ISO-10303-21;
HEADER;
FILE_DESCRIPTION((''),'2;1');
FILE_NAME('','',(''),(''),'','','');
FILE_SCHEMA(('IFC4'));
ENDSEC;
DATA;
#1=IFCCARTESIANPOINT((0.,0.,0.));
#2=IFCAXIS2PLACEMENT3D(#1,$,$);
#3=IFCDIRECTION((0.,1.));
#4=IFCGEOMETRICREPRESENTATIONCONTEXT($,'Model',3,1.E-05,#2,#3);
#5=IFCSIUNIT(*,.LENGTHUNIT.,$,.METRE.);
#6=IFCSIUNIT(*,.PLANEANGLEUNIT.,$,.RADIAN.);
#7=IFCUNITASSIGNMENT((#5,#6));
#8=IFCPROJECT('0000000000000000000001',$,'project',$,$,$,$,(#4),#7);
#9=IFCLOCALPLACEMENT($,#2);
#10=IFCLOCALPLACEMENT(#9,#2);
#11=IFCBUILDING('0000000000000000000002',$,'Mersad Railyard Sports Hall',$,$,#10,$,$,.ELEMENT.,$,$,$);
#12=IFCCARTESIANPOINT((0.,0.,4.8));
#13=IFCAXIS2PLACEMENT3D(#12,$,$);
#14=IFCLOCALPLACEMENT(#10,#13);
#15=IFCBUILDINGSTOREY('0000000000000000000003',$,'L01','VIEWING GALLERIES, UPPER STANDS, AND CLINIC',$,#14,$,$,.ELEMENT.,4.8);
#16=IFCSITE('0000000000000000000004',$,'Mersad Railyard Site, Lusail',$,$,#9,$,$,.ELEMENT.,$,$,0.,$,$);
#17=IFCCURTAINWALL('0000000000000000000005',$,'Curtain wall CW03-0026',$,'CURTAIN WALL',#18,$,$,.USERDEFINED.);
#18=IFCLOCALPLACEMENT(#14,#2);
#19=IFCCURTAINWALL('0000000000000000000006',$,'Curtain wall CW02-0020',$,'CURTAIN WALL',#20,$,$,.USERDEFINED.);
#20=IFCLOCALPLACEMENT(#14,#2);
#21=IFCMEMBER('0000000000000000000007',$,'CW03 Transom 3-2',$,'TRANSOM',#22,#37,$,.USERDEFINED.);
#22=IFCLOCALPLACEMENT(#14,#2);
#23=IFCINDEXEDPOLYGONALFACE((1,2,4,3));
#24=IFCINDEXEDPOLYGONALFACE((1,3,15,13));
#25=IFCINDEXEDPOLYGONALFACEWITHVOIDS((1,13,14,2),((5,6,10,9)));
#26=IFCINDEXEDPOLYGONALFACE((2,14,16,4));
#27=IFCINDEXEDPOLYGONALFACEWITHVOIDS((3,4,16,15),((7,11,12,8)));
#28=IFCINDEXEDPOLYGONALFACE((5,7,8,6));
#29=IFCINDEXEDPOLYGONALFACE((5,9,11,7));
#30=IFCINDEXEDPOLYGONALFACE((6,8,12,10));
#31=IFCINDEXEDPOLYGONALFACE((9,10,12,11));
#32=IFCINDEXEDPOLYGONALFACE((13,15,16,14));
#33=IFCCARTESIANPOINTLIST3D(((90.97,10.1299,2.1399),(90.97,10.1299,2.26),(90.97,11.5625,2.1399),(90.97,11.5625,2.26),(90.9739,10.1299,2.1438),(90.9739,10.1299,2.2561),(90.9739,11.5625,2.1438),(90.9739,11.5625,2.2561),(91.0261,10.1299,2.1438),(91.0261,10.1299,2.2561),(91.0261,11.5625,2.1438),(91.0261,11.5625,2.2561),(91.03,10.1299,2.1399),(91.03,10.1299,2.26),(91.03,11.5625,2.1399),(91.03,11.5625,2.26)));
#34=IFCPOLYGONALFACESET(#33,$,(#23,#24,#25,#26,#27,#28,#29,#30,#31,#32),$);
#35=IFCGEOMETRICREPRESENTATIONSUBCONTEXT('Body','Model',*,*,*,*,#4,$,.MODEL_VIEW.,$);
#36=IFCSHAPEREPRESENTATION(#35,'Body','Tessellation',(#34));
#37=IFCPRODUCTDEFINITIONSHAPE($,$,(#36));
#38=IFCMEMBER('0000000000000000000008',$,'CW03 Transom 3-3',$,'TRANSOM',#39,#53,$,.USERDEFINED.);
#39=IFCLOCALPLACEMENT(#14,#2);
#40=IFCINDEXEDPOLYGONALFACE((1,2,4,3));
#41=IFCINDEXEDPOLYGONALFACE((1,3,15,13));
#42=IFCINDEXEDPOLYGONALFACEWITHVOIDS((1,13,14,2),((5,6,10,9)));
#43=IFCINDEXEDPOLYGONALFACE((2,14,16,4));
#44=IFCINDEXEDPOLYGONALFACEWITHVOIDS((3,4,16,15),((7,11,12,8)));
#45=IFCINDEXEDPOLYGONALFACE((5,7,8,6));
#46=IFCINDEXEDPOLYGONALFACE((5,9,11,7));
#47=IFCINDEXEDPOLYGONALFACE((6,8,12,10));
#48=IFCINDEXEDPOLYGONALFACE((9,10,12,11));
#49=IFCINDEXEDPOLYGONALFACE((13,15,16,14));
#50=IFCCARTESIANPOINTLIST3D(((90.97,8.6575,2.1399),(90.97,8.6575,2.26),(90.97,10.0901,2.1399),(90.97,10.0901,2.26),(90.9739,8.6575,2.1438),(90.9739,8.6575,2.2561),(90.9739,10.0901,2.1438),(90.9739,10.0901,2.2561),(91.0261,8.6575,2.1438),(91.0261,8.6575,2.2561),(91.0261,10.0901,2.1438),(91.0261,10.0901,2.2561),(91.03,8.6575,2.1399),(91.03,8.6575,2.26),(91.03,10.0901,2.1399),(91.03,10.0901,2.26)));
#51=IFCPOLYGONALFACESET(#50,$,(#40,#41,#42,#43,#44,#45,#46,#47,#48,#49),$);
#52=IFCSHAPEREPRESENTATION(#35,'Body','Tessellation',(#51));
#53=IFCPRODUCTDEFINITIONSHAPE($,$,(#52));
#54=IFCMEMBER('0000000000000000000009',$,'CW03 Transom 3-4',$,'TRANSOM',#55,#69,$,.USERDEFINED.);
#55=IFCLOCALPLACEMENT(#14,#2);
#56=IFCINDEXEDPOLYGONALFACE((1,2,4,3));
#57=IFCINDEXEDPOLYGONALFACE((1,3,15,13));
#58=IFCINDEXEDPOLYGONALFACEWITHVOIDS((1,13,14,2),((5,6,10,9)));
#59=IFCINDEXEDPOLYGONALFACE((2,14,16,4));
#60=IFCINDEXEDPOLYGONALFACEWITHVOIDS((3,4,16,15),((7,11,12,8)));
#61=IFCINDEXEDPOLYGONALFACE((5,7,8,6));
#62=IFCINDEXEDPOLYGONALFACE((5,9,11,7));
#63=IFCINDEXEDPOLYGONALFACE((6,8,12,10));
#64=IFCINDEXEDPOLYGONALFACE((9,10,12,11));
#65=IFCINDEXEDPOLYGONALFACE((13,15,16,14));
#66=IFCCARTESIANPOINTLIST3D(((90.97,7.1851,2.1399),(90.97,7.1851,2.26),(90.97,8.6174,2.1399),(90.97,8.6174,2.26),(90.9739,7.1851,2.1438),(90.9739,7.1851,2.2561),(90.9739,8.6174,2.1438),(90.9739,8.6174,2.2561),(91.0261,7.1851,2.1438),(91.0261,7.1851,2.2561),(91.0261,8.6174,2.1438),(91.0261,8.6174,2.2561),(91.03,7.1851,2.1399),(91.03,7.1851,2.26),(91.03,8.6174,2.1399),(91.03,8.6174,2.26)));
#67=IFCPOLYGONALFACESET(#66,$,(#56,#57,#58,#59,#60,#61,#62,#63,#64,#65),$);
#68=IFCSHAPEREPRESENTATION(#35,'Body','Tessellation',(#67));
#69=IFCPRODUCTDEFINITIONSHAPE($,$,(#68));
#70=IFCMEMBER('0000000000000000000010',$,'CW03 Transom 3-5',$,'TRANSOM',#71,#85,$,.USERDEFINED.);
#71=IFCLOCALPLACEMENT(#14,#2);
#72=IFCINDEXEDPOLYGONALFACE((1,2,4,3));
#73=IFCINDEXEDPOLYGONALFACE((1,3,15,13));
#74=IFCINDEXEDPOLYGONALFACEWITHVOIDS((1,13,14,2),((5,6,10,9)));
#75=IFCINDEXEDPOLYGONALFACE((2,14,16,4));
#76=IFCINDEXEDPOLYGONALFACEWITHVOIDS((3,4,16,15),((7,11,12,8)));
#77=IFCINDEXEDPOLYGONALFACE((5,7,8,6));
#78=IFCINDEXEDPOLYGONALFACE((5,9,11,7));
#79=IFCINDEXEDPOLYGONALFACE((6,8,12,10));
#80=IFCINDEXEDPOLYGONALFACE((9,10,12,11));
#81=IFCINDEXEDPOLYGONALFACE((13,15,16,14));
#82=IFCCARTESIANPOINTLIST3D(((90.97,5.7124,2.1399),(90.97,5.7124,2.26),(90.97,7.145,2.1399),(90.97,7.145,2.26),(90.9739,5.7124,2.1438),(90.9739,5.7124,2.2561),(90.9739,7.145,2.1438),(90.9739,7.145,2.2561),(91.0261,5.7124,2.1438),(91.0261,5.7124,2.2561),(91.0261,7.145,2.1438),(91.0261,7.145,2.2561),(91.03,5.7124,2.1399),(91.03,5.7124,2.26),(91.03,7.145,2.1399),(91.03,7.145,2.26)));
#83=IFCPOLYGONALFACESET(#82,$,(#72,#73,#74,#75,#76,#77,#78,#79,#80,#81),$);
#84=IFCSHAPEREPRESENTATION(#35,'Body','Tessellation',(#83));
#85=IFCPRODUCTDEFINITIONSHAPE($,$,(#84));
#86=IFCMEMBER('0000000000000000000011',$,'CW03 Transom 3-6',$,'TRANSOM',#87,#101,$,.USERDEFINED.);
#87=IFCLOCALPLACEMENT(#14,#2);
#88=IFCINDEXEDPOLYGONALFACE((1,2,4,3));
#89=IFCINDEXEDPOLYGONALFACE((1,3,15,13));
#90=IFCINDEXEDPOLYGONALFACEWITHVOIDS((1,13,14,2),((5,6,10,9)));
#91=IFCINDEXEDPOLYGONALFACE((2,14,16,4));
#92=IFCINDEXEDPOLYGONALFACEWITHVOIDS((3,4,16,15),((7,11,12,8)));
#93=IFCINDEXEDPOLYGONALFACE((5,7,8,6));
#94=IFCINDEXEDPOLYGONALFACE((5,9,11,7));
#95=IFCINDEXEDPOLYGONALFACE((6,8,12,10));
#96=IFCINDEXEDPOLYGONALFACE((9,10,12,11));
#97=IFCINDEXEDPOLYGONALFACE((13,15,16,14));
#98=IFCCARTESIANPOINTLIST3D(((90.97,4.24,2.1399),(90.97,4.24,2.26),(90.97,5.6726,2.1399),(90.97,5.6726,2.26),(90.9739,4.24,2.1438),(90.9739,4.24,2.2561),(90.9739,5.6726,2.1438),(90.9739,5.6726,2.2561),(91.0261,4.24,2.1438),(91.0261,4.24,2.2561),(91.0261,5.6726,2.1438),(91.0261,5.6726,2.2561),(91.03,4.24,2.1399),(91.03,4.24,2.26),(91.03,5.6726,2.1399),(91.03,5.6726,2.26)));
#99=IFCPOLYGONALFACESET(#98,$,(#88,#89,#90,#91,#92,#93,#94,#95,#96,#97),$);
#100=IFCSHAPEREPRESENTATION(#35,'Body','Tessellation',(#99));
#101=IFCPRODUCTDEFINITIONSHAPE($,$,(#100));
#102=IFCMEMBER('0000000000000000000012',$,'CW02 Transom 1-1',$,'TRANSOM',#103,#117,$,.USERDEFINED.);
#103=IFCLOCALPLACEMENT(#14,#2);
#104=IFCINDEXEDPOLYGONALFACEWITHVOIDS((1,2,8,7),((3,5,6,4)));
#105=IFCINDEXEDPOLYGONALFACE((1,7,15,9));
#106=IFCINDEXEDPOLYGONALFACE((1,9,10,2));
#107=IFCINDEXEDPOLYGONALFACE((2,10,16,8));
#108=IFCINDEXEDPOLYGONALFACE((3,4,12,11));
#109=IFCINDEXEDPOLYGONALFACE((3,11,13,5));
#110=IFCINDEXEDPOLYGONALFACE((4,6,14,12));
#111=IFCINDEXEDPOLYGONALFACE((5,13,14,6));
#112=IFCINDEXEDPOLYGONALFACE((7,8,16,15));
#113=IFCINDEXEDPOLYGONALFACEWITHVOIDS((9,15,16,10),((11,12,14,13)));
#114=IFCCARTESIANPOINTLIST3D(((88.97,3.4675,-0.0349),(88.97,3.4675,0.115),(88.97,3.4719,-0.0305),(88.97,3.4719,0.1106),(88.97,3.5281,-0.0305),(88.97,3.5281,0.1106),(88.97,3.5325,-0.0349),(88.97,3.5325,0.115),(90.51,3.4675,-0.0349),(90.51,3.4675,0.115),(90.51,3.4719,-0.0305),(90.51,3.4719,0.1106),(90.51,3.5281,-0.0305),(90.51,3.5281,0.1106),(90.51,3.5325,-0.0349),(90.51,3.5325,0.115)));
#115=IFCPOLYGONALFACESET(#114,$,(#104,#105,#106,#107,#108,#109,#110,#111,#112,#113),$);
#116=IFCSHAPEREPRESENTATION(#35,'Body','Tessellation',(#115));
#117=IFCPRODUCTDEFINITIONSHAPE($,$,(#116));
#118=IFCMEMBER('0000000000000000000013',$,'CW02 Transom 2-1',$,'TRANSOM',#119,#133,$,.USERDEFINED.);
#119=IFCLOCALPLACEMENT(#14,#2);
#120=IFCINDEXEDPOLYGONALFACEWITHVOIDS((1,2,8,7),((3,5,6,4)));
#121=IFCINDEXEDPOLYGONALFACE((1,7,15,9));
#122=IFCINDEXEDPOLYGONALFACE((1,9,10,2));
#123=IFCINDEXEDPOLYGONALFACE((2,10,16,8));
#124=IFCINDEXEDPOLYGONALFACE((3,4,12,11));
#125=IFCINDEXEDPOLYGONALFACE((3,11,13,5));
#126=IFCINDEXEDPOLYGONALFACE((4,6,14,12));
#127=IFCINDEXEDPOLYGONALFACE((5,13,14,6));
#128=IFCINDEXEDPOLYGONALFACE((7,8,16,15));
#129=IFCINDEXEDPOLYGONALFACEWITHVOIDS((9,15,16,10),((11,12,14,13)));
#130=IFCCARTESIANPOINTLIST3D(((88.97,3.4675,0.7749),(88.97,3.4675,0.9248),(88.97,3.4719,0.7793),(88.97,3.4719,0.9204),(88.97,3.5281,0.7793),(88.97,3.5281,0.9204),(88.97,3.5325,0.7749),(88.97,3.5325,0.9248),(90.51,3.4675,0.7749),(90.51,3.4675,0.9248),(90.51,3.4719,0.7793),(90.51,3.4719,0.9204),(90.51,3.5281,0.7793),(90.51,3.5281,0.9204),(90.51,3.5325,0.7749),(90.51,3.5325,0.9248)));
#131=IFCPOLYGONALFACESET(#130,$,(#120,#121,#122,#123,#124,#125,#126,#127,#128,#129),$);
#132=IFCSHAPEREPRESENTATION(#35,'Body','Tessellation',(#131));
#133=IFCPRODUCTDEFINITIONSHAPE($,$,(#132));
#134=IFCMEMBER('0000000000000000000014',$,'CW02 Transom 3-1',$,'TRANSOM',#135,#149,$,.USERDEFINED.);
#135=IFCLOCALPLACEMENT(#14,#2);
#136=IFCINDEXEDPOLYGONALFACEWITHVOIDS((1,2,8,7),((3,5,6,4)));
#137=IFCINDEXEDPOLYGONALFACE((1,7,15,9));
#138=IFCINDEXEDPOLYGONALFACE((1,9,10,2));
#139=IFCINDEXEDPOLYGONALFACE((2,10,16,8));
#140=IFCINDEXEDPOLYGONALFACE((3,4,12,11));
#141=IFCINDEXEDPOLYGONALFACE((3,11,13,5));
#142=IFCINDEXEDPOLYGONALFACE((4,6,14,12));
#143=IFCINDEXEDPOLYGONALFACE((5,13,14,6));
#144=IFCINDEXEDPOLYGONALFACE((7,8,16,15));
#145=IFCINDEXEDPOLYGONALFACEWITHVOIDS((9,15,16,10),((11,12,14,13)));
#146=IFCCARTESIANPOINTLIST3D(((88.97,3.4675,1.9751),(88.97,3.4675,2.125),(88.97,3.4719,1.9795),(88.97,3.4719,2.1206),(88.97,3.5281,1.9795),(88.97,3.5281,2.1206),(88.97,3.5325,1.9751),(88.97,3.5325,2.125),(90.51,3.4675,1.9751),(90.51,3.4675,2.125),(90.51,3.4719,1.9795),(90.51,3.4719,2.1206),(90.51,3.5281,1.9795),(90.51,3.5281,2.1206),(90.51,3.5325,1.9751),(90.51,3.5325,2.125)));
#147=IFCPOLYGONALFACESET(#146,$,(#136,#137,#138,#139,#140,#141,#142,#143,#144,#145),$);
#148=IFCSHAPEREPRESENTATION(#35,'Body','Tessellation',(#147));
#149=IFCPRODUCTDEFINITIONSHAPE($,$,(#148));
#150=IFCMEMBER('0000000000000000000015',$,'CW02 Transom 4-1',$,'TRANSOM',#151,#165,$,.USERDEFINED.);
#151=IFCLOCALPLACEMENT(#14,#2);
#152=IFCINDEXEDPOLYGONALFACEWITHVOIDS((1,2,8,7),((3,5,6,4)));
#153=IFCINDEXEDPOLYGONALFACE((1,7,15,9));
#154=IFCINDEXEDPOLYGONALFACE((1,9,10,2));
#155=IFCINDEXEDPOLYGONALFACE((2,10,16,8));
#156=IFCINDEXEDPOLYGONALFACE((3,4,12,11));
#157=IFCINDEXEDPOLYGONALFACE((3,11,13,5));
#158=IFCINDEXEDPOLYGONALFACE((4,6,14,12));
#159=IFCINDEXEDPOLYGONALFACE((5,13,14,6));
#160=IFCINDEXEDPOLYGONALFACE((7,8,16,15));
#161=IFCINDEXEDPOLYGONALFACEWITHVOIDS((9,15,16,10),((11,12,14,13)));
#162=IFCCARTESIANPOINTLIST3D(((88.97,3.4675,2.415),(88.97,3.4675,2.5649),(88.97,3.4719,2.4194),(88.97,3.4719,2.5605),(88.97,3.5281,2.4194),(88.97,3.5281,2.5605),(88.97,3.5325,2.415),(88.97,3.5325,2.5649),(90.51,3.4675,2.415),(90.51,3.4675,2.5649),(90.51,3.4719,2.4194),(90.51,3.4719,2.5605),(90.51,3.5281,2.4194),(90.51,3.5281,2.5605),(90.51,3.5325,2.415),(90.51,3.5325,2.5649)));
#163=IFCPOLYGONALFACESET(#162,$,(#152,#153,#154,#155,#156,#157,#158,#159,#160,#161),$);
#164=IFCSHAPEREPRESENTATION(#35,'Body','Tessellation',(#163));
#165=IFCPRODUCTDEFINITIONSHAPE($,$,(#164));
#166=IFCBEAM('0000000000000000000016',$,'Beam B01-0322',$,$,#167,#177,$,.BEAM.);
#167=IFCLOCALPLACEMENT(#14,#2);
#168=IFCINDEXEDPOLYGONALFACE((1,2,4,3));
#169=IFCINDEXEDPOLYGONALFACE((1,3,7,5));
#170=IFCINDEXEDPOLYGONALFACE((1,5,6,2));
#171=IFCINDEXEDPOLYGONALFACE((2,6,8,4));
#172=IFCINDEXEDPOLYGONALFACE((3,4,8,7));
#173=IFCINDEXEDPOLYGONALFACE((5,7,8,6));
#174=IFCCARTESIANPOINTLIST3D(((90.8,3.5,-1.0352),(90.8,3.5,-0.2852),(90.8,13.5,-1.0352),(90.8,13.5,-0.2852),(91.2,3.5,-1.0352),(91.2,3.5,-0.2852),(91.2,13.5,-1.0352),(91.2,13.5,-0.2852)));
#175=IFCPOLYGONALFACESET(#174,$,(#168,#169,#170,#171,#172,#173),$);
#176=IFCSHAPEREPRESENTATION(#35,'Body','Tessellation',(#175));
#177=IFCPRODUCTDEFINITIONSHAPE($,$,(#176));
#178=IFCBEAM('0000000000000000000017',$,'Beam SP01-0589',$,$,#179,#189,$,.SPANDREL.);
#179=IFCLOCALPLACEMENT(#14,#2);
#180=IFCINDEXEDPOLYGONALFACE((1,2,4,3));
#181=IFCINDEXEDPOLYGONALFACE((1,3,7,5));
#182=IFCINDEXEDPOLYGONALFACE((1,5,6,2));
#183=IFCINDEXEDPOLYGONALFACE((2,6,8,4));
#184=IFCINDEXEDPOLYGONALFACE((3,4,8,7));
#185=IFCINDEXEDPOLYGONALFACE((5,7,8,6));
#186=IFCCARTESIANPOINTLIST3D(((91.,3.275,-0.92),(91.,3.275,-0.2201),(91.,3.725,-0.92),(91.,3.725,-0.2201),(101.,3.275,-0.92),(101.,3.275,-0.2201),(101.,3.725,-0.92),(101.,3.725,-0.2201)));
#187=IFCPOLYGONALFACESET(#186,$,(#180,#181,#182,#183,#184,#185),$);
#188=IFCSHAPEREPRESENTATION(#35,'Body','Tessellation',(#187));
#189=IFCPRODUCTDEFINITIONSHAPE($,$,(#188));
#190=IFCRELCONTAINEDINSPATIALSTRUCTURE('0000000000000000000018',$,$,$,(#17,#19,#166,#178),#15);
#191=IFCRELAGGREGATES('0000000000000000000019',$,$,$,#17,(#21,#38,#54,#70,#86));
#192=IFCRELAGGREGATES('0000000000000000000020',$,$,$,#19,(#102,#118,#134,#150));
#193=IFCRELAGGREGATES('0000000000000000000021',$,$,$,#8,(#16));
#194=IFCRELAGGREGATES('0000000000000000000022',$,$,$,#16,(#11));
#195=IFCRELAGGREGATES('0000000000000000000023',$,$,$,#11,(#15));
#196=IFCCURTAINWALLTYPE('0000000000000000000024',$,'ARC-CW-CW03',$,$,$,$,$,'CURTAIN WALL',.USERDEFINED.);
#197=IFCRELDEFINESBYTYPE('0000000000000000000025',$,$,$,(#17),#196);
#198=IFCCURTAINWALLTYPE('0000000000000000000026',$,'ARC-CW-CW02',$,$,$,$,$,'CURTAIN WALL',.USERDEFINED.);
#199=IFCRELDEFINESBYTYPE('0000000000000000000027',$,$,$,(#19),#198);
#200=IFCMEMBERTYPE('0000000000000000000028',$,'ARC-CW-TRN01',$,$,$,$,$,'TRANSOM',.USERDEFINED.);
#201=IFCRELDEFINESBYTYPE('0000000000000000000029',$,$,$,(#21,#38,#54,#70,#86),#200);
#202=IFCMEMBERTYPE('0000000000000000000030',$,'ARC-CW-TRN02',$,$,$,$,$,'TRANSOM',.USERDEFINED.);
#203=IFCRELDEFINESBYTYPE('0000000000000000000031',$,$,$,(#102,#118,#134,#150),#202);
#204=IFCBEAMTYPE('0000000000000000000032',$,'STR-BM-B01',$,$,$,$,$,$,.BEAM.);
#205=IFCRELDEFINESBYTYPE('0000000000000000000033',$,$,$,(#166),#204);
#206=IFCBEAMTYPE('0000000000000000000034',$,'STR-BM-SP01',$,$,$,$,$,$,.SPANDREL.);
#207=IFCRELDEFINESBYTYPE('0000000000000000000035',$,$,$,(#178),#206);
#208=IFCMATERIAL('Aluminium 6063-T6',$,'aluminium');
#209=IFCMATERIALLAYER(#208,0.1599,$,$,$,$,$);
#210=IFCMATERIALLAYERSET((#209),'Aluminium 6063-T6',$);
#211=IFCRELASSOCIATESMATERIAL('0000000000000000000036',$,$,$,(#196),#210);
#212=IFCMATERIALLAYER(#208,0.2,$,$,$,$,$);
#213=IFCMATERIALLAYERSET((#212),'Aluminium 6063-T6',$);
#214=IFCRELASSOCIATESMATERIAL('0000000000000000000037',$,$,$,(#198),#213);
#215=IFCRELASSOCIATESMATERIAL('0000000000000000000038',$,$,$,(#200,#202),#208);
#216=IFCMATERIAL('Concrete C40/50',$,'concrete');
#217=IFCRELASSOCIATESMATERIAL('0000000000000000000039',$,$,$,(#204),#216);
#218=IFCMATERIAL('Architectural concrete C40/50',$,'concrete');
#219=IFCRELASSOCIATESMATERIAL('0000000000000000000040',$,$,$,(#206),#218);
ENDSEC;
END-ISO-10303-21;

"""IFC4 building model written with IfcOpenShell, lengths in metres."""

from ifc_helpers import new_model, si_unit, direction, frame, origin, origin_2d, place, context, subcontext, project, spatial, rectangle, hollow_rectangle, extrude, material, layer, layer_set, material_profile, profile_set, type_object, element, aggregate, save


model = new_model("IFC4")

# Units and contexts
model_context = context("Model", 3, precision=1e-05, world=origin(), true_north=direction((0.0, 1.0)))
body_context = subcontext(model_context, "Body", "Model", "MODEL_VIEW")
ifc_project = project(units=[si_unit("LENGTHUNIT", "METRE"), si_unit("PLANEANGLEUNIT", "RADIAN")], contexts=[model_context])

# Site, building, storey
site_placement = place(None, origin())
site = spatial("IfcSite", under=ifc_project, at=site_placement, Name="Mersad Railyard Site, Lusail", CompositionType="ELEMENT", RefElevation=0.0)
building_placement = place(site_placement, origin())
building = spatial("IfcBuilding", under=site, at=building_placement, Name="Mersad Railyard Sports Hall", CompositionType="ELEMENT")
storey_placement = place(building_placement, frame((0.0, 0.0, 4.8)))
storey = spatial("IfcBuildingStorey", under=building, at=storey_placement, Name="L01", Description="VIEWING GALLERIES, UPPER STANDS, AND CLINIC", CompositionType="ELEMENT", Elevation=4.8)

# Curtain wall
ifc_material_1 = material(Name="Aluminium 6063-T6", Category="aluminium")
ifc_layer_1 = layer(ifc_material_1, 0.1599)
ifc_layer_set_1 = layer_set([ifc_layer_1], Name="Aluminium 6063-T6")
curtain_wall_type_1 = type_object("IfcCurtainWallType", Name="ARC-CW-CW03", ElementType="CURTAIN WALL", PredefinedType="USERDEFINED", material=ifc_layer_set_1)
curtain_wall_1_placement = place(storey_placement, origin())
curtain_wall_1 = element("IfcCurtainWall", 1, at=curtain_wall_1_placement, inside=storey, type_object=curtain_wall_type_1, Name="Curtain wall CW03-0026", ObjectType="CURTAIN WALL", PredefinedType="USERDEFINED")

# Curtain wall
ifc_layer_2 = layer(ifc_material_1, 0.2)
ifc_layer_set_2 = layer_set([ifc_layer_2], Name="Aluminium 6063-T6")
curtain_wall_type_2 = type_object("IfcCurtainWallType", Name="ARC-CW-CW02", ElementType="CURTAIN WALL", PredefinedType="USERDEFINED", material=ifc_layer_set_2)
curtain_wall_2_placement = place(storey_placement, origin())
curtain_wall_2 = element("IfcCurtainWall", 2, at=curtain_wall_2_placement, inside=storey, type_object=curtain_wall_type_2, Name="Curtain wall CW02-0020", ObjectType="CURTAIN WALL", PredefinedType="USERDEFINED")

# Members
ifc_material_profile_1 = material_profile(ifc_material_1, hollow_rectangle(XDim=0.0601, YDim=0.1201, WallThickness=0.0039, at=origin_2d()), Name="AL TRANSOM 60x120x4")
ifc_profile_set_1 = profile_set([ifc_material_profile_1], Name="Aluminium 6063-T6")
member_type_1 = type_object("IfcMemberType", Name="ARC-CW-TRN01", ElementType="TRANSOM", PredefinedType="USERDEFINED", material=ifc_profile_set_1)
member_1_placement = place(storey_placement, frame((91.0, 11.5625, 2.2), z_axis=(0.0, -1.0, 0.0), x_axis=(1.0, 0.0, 0.0)))
member_1 = element("IfcMember", 3, at=member_1_placement, type_object=member_type_1, Name="CW03 Transom 3-2", ObjectType="TRANSOM", PredefinedType="USERDEFINED", context=body_context, shape_type="SweptSolid", body=[
    extrude(hollow_rectangle(XDim=0.0601, YDim=0.1201, WallThickness=0.0039, at=origin_2d()), origin(), (0.0, 0.0, 1.0), 1.4326),
])
member_2_placement = place(storey_placement, frame((91.0, 10.0901, 2.2), z_axis=(0.0, -1.0, 0.0), x_axis=(1.0, 0.0, 0.0)))
member_2 = element("IfcMember", 4, at=member_2_placement, type_object=member_type_1, Name="CW03 Transom 3-3", ObjectType="TRANSOM", PredefinedType="USERDEFINED", context=body_context, shape_type="SweptSolid", body=[
    extrude(hollow_rectangle(XDim=0.0601, YDim=0.1201, WallThickness=0.0039, at=origin_2d()), origin(), (0.0, 0.0, 1.0), 1.4326),
])
member_3_placement = place(storey_placement, frame((91.0, 8.6174, 2.2), z_axis=(0.0, -1.0, 0.0), x_axis=(1.0, 0.0, 0.0)))
member_3 = element("IfcMember", 5, at=member_3_placement, type_object=member_type_1, Name="CW03 Transom 3-4", ObjectType="TRANSOM", PredefinedType="USERDEFINED", context=body_context, shape_type="SweptSolid", body=[
    extrude(hollow_rectangle(XDim=0.0601, YDim=0.1201, WallThickness=0.0039, at=origin_2d()), origin(), (0.0, 0.0, 1.0), 1.4324),
])
member_4_placement = place(storey_placement, frame((91.0, 7.145, 2.2), z_axis=(0.0, -1.0, 0.0), x_axis=(1.0, 0.0, 0.0)))
member_4 = element("IfcMember", 6, at=member_4_placement, type_object=member_type_1, Name="CW03 Transom 3-5", ObjectType="TRANSOM", PredefinedType="USERDEFINED", context=body_context, shape_type="SweptSolid", body=[
    extrude(hollow_rectangle(XDim=0.0601, YDim=0.1201, WallThickness=0.0039, at=origin_2d()), origin(), (0.0, 0.0, 1.0), 1.4326),
])
member_5_placement = place(storey_placement, frame((91.0, 5.6726, 2.2), z_axis=(0.0, -1.0, 0.0), x_axis=(1.0, 0.0, 0.0)))
member_5 = element("IfcMember", 7, at=member_5_placement, type_object=member_type_1, Name="CW03 Transom 3-6", ObjectType="TRANSOM", PredefinedType="USERDEFINED", context=body_context, shape_type="SweptSolid", body=[
    extrude(hollow_rectangle(XDim=0.0601, YDim=0.1201, WallThickness=0.0039, at=origin_2d()), origin(), (0.0, 0.0, 1.0), 1.4326),
])
aggregate(curtain_wall_1, [member_1, member_2, member_3, member_4, member_5])
ifc_material_profile_2 = material_profile(ifc_material_1, hollow_rectangle(XDim=0.0649, YDim=0.1499, WallThickness=0.0044, at=origin_2d()), Name="AL TRANSOM 65x150x4.5")
ifc_profile_set_2 = profile_set([ifc_material_profile_2], Name="Aluminium 6063-T6")
member_type_2 = type_object("IfcMemberType", Name="ARC-CW-TRN02", ElementType="TRANSOM", PredefinedType="USERDEFINED", material=ifc_profile_set_2)
member_6_placement = place(storey_placement, frame((90.51, 3.5, 0.04), z_axis=(-1.0, 0.0, 0.0), x_axis=(0.0, -1.0, 0.0)))
member_6 = element("IfcMember", 8, at=member_6_placement, type_object=member_type_2, Name="CW02 Transom 1-1", ObjectType="TRANSOM", PredefinedType="USERDEFINED", context=body_context, shape_type="SweptSolid", body=[
    extrude(hollow_rectangle(XDim=0.0649, YDim=0.1499, WallThickness=0.0044, at=origin_2d()), origin(), (0.0, 0.0, 1.0), 1.54),
])
member_7_placement = place(storey_placement, frame((90.51, 3.5, 0.8499), z_axis=(-1.0, 0.0, 0.0), x_axis=(0.0, -1.0, 0.0)))
member_7 = element("IfcMember", 9, at=member_7_placement, type_object=member_type_2, Name="CW02 Transom 2-1", ObjectType="TRANSOM", PredefinedType="USERDEFINED", context=body_context, shape_type="SweptSolid", body=[
    extrude(hollow_rectangle(XDim=0.0649, YDim=0.1499, WallThickness=0.0044, at=origin_2d()), origin(), (0.0, 0.0, 1.0), 1.54),
])
member_8_placement = place(storey_placement, frame((90.51, 3.5, 2.05), z_axis=(-1.0, 0.0, 0.0), x_axis=(0.0, -1.0, 0.0)))
member_8 = element("IfcMember", 10, at=member_8_placement, type_object=member_type_2, Name="CW02 Transom 3-1", ObjectType="TRANSOM", PredefinedType="USERDEFINED", context=body_context, shape_type="SweptSolid", body=[
    extrude(hollow_rectangle(XDim=0.0649, YDim=0.1499, WallThickness=0.0044, at=origin_2d()), origin(), (0.0, 0.0, 1.0), 1.54),
])
member_9_placement = place(storey_placement, frame((90.51, 3.5, 2.49), z_axis=(-1.0, 0.0, 0.0), x_axis=(0.0, -1.0, 0.0)))
member_9 = element("IfcMember", 11, at=member_9_placement, type_object=member_type_2, Name="CW02 Transom 4-1", ObjectType="TRANSOM", PredefinedType="USERDEFINED", context=body_context, shape_type="SweptSolid", body=[
    extrude(hollow_rectangle(XDim=0.0649, YDim=0.1499, WallThickness=0.0044, at=origin_2d()), origin(), (0.0, 0.0, 1.0), 1.54),
])
aggregate(curtain_wall_2, [member_6, member_7, member_8, member_9])

# Beams
ifc_material_2 = material(Name="Concrete C40/50", Category="concrete")
ifc_material_profile_3 = material_profile(ifc_material_2, rectangle(XDim=0.3999, YDim=0.75, at=origin_2d()), Name="RC 400x750")
ifc_profile_set_3 = profile_set([ifc_material_profile_3], Name="Concrete C40/50")
beam_type_1 = type_object("IfcBeamType", Name="STR-BM-B01", PredefinedType="BEAM", material=ifc_profile_set_3)
beam_1_placement = place(storey_placement, frame((91.0, 3.5, -0.6602), z_axis=(0.0, 1.0, 0.0), x_axis=(-1.0, 0.0, 0.0)))
element("IfcBeam", 12, at=beam_1_placement, inside=storey, type_object=beam_type_1, Name="Beam B01-0322", PredefinedType="BEAM", context=body_context, shape_type="SweptSolid", body=[
    extrude(rectangle(XDim=0.3999, YDim=0.75, at=origin_2d()), origin(), (0.0, 0.0, 1.0), 10.0),
])
ifc_material_3 = material(Name="Architectural concrete C40/50", Category="concrete")
ifc_material_profile_4 = material_profile(ifc_material_3, rectangle(XDim=0.45, YDim=0.7, at=origin_2d()), Name="RC 450x700")
ifc_profile_set_4 = profile_set([ifc_material_profile_4], Name="Architectural concrete C40/50")
beam_type_2 = type_object("IfcBeamType", Name="STR-BM-SP01", PredefinedType="SPANDREL", material=ifc_profile_set_4)
beam_2_placement = place(storey_placement, frame((91.0, 3.5, -0.5701), z_axis=(1.0, 0.0, 0.0), x_axis=(0.0, 1.0, 0.0)))
element("IfcBeam", 13, at=beam_2_placement, inside=storey, type_object=beam_type_2, Name="Beam SP01-0589", PredefinedType="SPANDREL", context=body_context, shape_type="SweptSolid", body=[
    extrude(rectangle(XDim=0.45, YDim=0.7, at=origin_2d()), origin(), (0.0, 0.0, 1.0), 10.0),
])

save(model, "model.ifc")
